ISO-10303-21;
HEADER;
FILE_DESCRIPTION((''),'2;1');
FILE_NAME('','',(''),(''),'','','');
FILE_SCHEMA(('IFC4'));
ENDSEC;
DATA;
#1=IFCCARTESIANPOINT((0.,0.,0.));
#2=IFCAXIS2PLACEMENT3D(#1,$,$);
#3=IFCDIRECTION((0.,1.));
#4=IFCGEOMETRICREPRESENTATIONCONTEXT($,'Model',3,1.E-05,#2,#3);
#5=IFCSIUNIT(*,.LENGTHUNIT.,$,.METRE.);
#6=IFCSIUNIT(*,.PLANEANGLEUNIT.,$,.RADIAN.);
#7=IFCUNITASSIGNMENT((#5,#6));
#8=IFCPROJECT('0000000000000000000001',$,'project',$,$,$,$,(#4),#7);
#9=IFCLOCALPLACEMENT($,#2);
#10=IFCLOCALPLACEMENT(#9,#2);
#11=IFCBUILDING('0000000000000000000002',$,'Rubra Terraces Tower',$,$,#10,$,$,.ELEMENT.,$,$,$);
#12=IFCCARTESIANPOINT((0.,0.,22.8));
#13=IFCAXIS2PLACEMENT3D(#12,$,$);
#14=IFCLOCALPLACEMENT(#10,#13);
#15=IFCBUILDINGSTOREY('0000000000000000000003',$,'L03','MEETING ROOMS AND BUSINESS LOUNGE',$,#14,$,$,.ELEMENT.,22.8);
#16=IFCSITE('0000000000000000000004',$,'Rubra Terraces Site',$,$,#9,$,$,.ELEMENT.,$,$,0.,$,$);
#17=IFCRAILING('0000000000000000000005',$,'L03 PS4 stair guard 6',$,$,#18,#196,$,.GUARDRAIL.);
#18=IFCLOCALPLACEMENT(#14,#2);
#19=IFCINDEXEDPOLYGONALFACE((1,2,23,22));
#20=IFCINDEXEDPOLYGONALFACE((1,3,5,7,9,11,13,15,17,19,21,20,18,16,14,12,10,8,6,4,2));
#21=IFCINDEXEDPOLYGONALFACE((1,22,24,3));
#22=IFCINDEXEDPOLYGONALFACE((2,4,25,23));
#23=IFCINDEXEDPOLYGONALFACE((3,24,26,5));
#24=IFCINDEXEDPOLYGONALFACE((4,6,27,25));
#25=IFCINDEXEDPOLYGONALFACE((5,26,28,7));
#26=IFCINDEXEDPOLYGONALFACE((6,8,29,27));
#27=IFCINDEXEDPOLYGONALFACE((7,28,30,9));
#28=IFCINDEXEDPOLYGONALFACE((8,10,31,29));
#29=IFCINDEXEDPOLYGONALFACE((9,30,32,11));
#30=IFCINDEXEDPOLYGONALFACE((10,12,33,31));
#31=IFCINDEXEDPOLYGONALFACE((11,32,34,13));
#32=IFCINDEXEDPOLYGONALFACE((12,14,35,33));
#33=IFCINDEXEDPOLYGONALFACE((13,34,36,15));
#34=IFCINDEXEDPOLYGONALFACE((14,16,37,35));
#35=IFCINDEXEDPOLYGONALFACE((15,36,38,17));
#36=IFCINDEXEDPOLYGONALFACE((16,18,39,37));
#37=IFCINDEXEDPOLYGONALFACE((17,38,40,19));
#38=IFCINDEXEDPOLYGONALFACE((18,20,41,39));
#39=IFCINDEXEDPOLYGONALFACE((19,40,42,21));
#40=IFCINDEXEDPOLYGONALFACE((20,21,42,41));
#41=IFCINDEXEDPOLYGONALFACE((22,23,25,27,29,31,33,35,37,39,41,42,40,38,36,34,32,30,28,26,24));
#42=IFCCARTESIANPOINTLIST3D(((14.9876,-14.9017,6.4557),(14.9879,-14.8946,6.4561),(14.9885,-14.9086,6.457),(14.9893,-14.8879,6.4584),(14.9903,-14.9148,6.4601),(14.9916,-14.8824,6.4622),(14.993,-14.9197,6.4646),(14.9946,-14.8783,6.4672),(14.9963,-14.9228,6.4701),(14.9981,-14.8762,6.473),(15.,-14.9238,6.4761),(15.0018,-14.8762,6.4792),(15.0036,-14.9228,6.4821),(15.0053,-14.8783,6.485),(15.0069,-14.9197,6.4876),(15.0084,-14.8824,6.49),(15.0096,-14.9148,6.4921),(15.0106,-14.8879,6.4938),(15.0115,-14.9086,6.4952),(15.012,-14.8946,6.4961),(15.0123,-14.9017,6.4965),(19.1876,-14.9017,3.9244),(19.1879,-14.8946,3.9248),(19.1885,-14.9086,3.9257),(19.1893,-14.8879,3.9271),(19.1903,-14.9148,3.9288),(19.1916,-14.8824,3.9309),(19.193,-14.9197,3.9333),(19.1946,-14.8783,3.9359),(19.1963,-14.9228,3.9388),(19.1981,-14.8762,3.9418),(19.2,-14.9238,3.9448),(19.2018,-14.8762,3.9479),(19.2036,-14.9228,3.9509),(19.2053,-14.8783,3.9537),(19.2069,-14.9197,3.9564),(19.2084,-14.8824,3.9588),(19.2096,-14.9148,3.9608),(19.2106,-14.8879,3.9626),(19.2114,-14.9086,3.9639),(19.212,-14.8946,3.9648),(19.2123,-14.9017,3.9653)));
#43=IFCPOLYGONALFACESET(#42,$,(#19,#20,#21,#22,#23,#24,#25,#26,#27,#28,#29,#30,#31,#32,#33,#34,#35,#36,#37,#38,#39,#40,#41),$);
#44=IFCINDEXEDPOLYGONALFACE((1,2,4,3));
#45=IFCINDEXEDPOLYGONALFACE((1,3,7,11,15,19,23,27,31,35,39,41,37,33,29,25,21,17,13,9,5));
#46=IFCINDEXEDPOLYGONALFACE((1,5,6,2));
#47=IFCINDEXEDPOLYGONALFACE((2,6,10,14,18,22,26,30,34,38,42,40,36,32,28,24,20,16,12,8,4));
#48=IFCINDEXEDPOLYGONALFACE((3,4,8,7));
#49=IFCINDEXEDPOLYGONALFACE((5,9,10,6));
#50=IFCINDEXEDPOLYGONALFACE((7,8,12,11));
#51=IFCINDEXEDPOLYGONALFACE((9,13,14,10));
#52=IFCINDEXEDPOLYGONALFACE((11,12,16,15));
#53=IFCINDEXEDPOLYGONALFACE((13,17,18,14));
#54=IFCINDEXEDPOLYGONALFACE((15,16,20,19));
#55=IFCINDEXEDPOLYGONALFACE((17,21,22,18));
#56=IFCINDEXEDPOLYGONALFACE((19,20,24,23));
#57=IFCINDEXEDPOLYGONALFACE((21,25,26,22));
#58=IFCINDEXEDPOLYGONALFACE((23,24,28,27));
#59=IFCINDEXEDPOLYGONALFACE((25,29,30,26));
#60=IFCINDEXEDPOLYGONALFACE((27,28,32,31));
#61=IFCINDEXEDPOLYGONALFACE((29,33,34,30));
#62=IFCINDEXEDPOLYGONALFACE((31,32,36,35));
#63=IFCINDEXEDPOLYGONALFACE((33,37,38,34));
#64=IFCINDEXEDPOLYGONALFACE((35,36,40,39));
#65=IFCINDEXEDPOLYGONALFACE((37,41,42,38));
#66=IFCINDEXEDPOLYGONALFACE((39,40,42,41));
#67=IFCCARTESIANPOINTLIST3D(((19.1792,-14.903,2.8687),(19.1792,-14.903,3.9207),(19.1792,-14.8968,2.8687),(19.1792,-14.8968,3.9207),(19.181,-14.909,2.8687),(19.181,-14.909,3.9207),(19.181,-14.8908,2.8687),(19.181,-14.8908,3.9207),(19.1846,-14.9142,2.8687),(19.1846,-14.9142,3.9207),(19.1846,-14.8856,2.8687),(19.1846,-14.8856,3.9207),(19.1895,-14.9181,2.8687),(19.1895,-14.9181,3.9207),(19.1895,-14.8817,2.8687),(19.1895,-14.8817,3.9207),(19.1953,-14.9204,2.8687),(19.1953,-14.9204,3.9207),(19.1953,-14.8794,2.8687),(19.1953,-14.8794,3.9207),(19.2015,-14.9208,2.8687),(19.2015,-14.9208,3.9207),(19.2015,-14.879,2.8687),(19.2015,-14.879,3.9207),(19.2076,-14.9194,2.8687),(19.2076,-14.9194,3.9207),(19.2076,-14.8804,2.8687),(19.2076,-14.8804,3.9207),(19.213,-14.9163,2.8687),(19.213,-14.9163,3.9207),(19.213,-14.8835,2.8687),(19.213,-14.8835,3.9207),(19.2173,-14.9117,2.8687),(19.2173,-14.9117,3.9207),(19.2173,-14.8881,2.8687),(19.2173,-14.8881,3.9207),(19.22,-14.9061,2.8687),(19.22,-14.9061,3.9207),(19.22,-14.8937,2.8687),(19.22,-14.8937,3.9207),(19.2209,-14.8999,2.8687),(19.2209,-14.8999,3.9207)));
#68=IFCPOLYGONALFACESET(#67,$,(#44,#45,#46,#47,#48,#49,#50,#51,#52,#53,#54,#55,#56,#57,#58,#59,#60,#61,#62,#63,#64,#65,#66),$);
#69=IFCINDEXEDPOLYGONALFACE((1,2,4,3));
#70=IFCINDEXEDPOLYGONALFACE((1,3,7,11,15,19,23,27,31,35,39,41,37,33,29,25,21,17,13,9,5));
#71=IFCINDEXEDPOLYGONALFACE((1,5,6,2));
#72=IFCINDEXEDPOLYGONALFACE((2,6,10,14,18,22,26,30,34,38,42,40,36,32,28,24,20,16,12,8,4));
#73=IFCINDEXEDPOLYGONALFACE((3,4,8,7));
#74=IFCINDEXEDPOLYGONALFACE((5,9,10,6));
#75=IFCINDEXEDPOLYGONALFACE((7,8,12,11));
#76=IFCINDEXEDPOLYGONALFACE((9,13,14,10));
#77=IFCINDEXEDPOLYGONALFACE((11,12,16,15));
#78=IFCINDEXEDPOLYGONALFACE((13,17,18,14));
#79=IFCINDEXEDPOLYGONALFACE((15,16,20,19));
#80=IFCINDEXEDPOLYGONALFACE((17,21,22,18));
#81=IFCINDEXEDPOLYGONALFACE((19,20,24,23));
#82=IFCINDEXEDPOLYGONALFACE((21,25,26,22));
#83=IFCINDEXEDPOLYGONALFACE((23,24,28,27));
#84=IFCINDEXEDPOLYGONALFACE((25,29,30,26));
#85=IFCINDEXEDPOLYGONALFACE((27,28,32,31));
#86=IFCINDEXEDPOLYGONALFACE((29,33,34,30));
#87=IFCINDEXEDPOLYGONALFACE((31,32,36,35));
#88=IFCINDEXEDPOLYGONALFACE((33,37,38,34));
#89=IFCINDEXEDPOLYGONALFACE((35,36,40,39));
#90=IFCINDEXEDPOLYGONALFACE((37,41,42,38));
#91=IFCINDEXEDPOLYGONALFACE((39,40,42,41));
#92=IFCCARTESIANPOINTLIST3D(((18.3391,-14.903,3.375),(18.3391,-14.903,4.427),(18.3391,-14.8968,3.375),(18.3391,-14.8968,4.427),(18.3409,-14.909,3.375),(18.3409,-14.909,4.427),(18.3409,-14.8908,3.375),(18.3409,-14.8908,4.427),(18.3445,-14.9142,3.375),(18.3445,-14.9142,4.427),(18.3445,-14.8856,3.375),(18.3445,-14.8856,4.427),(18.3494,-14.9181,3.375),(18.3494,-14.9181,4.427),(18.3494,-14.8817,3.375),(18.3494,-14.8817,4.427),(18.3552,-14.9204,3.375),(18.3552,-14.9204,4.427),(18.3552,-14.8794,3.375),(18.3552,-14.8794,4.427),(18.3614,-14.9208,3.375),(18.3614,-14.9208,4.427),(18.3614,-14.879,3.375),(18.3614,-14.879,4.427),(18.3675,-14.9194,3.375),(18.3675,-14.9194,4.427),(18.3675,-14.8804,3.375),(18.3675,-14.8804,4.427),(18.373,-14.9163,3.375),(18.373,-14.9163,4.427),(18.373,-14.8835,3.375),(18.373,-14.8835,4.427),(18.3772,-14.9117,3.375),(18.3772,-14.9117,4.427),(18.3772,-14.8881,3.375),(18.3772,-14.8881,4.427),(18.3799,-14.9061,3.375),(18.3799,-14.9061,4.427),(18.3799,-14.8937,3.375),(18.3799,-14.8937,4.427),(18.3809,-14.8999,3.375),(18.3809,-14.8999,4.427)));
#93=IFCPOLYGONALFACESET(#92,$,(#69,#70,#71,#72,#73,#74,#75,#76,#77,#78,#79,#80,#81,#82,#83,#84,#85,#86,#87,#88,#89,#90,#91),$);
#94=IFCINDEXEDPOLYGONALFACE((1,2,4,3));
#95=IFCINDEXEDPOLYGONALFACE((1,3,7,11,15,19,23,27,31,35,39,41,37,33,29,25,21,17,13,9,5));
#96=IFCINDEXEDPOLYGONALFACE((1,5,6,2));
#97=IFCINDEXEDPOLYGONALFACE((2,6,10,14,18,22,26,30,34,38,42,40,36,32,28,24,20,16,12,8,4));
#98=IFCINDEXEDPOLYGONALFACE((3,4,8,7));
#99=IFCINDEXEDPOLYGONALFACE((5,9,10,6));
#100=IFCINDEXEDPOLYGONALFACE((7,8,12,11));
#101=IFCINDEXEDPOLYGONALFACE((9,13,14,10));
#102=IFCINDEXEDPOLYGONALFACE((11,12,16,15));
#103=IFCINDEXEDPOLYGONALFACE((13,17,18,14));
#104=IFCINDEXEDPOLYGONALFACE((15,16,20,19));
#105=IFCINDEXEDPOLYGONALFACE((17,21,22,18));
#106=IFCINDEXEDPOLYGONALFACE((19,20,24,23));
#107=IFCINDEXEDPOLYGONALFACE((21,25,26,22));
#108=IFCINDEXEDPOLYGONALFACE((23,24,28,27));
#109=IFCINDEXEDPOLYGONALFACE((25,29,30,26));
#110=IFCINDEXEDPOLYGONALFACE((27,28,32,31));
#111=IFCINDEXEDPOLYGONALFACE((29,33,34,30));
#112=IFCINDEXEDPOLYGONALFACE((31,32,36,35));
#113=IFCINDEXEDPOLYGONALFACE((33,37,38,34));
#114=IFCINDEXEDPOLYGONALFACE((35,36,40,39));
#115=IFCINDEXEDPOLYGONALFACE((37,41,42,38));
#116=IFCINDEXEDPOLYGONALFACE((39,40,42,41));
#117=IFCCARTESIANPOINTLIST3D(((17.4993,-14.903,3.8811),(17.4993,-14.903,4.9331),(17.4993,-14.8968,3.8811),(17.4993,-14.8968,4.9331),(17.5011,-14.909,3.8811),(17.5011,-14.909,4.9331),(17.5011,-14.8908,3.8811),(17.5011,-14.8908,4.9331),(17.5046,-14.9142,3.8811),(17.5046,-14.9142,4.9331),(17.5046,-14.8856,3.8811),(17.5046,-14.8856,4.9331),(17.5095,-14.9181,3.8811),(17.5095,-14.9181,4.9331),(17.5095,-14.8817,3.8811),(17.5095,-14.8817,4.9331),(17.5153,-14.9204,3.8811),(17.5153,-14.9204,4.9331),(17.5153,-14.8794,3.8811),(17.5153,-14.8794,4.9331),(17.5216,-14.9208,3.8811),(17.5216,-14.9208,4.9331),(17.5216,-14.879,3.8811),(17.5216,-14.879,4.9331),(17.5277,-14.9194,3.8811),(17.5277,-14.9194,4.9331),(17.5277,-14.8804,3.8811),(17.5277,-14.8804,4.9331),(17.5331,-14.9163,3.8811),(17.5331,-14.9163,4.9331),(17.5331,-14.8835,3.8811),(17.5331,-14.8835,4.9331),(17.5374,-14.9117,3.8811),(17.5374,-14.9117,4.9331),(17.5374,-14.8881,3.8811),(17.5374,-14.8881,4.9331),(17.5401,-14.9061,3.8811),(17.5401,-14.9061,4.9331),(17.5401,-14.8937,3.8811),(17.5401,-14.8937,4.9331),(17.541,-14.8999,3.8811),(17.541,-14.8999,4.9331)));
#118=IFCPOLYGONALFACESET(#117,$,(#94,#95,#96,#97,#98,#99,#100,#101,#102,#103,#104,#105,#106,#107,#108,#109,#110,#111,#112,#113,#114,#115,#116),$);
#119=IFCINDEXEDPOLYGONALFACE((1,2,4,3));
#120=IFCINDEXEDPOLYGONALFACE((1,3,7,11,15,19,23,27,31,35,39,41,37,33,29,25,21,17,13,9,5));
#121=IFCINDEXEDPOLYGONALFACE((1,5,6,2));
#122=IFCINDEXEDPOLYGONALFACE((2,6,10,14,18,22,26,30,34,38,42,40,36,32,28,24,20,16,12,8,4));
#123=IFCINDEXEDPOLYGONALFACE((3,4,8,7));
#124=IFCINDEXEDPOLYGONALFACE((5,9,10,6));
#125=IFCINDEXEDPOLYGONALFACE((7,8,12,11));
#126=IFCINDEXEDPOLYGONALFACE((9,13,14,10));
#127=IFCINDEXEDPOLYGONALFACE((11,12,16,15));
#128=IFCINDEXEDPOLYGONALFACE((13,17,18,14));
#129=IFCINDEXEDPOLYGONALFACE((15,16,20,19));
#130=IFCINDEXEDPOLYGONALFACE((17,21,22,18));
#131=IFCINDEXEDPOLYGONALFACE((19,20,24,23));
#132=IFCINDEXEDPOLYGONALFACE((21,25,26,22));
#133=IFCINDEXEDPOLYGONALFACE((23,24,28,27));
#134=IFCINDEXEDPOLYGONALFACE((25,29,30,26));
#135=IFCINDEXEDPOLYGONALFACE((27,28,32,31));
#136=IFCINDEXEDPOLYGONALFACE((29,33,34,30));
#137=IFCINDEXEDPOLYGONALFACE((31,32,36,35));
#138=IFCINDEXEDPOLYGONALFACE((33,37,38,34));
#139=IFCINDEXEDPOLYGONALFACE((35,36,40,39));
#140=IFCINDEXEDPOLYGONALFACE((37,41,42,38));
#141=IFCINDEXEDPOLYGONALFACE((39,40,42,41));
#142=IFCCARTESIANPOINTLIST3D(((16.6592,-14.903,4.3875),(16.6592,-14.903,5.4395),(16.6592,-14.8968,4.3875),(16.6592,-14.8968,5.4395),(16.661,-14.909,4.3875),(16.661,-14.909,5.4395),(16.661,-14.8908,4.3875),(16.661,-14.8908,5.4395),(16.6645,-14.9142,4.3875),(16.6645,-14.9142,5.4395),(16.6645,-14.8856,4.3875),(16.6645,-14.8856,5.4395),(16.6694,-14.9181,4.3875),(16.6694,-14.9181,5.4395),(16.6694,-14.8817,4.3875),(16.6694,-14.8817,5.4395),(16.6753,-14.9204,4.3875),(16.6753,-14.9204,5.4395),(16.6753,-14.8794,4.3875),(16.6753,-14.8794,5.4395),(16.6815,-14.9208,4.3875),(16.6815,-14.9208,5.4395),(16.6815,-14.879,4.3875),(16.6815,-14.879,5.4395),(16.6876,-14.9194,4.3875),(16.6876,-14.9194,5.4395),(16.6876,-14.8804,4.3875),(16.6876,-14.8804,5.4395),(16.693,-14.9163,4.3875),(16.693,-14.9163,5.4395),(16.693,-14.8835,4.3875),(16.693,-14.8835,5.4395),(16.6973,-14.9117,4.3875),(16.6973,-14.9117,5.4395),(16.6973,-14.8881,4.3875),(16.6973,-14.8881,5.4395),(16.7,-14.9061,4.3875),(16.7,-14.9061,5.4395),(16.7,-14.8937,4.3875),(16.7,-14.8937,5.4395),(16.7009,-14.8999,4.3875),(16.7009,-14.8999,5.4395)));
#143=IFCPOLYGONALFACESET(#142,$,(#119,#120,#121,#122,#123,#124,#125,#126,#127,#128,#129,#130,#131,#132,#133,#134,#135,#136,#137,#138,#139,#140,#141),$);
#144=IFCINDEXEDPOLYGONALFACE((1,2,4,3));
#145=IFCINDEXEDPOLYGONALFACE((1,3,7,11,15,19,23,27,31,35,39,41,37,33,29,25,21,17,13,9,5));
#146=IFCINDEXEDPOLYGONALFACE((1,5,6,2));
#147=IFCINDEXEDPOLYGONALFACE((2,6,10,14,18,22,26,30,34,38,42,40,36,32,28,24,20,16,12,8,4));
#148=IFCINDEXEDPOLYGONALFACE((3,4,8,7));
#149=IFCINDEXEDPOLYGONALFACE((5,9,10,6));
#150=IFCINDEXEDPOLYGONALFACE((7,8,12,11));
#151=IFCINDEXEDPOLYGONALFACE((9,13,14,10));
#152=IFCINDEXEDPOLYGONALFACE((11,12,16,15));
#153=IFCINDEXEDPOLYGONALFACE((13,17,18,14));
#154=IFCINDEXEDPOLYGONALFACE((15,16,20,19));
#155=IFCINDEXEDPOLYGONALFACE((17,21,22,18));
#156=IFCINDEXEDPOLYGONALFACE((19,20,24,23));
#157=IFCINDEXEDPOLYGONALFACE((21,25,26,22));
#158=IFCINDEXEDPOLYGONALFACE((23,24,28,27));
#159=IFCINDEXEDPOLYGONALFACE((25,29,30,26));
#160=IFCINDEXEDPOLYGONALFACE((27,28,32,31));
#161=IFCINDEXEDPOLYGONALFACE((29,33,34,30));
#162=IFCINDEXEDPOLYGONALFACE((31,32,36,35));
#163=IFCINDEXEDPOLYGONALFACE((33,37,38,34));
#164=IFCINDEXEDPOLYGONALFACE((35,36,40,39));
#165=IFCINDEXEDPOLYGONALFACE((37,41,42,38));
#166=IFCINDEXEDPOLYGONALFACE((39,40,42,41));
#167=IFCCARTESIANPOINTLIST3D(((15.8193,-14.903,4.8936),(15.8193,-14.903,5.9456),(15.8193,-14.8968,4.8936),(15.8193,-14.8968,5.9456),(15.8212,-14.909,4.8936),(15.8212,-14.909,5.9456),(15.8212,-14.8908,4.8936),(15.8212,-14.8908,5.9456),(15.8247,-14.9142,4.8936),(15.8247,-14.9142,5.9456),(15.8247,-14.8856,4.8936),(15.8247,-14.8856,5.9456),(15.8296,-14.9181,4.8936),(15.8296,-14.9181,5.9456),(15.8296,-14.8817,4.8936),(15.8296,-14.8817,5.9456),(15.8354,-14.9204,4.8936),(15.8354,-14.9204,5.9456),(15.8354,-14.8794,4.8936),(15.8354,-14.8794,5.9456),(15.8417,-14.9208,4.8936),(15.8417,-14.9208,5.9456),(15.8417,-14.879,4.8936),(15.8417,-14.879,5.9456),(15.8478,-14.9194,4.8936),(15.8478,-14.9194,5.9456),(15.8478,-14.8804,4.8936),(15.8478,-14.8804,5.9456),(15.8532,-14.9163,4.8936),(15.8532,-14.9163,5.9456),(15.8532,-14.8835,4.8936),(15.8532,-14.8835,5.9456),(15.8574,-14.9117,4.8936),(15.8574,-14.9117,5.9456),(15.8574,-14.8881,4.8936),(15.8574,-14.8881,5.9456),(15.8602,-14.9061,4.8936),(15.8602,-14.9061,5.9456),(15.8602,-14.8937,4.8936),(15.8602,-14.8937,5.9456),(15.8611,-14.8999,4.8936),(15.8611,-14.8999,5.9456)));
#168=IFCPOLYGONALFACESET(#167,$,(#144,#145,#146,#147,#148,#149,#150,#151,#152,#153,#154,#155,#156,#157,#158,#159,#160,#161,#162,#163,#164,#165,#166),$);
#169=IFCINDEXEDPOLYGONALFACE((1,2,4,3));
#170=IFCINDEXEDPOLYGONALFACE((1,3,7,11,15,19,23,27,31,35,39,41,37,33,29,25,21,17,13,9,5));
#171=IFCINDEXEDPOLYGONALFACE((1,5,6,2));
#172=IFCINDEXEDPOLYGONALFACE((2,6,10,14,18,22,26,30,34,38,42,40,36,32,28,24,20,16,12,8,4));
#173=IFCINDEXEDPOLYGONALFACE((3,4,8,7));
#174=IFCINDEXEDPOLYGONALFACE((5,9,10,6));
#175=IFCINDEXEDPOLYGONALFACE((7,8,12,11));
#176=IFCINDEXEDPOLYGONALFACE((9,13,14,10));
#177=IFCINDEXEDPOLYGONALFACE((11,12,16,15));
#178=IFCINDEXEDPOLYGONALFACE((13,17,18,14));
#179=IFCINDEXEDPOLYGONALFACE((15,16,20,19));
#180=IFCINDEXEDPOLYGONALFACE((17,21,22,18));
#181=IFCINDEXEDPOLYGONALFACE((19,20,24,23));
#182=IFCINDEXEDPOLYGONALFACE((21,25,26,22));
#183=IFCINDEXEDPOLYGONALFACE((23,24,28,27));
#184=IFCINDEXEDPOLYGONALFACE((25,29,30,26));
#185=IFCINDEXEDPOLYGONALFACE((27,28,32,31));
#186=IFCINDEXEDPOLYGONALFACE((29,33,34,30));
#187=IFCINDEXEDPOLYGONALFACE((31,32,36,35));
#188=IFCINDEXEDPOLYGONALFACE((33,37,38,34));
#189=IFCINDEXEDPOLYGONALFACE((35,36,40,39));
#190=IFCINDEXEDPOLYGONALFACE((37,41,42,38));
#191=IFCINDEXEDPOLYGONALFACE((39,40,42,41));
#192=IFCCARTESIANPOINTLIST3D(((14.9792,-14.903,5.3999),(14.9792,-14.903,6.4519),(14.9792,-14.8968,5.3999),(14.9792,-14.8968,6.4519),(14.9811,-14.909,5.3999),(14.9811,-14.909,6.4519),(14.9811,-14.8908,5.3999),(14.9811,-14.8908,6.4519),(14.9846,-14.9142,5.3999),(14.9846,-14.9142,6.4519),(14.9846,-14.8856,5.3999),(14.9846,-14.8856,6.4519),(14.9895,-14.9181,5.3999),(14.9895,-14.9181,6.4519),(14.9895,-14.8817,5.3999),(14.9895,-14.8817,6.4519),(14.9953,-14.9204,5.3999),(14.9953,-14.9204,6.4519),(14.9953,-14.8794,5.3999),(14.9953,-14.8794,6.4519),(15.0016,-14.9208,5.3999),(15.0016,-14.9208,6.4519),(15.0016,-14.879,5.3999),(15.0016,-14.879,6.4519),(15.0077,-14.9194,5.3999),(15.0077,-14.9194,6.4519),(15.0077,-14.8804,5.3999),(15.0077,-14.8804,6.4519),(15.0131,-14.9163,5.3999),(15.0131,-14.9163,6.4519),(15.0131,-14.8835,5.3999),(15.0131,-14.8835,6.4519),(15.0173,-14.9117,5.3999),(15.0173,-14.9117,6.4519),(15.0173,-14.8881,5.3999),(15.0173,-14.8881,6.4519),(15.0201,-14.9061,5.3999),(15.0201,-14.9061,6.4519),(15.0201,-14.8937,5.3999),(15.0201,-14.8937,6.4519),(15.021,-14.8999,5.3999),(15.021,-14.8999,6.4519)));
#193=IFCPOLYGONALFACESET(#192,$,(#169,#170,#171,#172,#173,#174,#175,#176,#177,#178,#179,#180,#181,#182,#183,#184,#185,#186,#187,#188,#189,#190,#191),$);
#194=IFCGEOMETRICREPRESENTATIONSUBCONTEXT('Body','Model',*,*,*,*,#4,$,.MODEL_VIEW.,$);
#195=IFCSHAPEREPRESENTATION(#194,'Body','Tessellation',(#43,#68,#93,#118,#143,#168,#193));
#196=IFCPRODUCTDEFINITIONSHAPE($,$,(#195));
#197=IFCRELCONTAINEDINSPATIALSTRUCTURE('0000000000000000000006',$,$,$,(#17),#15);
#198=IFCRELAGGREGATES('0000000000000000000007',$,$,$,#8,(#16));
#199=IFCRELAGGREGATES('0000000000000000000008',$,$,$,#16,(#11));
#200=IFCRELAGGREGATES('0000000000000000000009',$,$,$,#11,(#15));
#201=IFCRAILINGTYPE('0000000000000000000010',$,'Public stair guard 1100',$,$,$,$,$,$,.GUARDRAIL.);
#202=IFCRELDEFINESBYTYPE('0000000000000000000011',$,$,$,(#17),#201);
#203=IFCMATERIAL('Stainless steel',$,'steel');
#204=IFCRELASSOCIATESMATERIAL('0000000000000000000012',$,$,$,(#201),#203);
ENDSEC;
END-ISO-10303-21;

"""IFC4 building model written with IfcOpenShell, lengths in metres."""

from ifc_helpers import new_model, si_unit, direction, frame, origin, origin_2d, place, context, subcontext, project, spatial, circle, extrude, material, type_object, element, save


model = new_model("IFC4")

# Units and contexts
model_context = context("Model", 3, precision=1e-05, world=origin(), true_north=direction((0.0, 1.0)))
body_context = subcontext(model_context, "Body", "Model", "MODEL_VIEW")
ifc_project = project(units=[si_unit("LENGTHUNIT", "METRE"), si_unit("PLANEANGLEUNIT", "RADIAN")], contexts=[model_context])

# Site, building, storey
site_placement = place(None, origin())
site = spatial("IfcSite", under=ifc_project, at=site_placement, Name="Rubra Terraces Site", CompositionType="ELEMENT", RefElevation=0.0)
building_placement = place(site_placement, origin())
building = spatial("IfcBuilding", under=site, at=building_placement, Name="Rubra Terraces Tower", CompositionType="ELEMENT")
storey_placement = place(building_placement, frame((0.0, 0.0, 22.8)))
storey = spatial("IfcBuildingStorey", under=building, at=storey_placement, Name="L03", Description="MEETING ROOMS AND BUSINESS LOUNGE", CompositionType="ELEMENT", Elevation=22.8)

# Railing
ifc_material_1 = material(Name="Stainless steel", Category="steel")
railing_type_1 = type_object("IfcRailingType", Name="Public stair guard 1100", PredefinedType="GUARDRAIL", material=ifc_material_1)
railing_1_placement = place(storey_placement, frame((19.2, -14.8999, 2.8687)))
element("IfcRailing", 1, at=railing_1_placement, inside=storey, type_object=railing_type_1, Name="L03 PS4 stair guard 6", PredefinedType="GUARDRAIL", context=body_context, shape_type="SweptSolid", body=[
    extrude(circle(Radius=0.0239, at=origin_2d()), frame((0.0, 0.0, 1.0762), z_axis=(-0.856476, 0.0, 0.516186), x_axis=(0.0, -1.0, 0.0)), (0.0, 0.0, 1.0), 4.9038),
    extrude(circle(Radius=0.021, at=origin_2d()), origin(), (0.0, 0.0, 1.0), 1.052),
    extrude(circle(Radius=0.021, at=origin_2d()), frame((-0.8401, 0.0, 0.5063)), (0.0, 0.0, 1.0), 1.052),
    extrude(circle(Radius=0.021, at=origin_2d()), frame((-1.6799, 0.0, 1.0125)), (0.0, 0.0, 1.0), 1.052),
    extrude(circle(Radius=0.021, at=origin_2d()), frame((-2.52, 0.0, 1.5188)), (0.0, 0.0, 1.0), 1.052),
    extrude(circle(Radius=0.021, at=origin_2d()), frame((-3.3599, 0.0, 2.0249)), (0.0, 0.0, 1.0), 1.052),
    extrude(circle(Radius=0.021, at=origin_2d()), frame((-4.2, 0.0, 2.5312)), (0.0, 0.0, 1.0), 1.052),
])

save(model, "model.ifc")
